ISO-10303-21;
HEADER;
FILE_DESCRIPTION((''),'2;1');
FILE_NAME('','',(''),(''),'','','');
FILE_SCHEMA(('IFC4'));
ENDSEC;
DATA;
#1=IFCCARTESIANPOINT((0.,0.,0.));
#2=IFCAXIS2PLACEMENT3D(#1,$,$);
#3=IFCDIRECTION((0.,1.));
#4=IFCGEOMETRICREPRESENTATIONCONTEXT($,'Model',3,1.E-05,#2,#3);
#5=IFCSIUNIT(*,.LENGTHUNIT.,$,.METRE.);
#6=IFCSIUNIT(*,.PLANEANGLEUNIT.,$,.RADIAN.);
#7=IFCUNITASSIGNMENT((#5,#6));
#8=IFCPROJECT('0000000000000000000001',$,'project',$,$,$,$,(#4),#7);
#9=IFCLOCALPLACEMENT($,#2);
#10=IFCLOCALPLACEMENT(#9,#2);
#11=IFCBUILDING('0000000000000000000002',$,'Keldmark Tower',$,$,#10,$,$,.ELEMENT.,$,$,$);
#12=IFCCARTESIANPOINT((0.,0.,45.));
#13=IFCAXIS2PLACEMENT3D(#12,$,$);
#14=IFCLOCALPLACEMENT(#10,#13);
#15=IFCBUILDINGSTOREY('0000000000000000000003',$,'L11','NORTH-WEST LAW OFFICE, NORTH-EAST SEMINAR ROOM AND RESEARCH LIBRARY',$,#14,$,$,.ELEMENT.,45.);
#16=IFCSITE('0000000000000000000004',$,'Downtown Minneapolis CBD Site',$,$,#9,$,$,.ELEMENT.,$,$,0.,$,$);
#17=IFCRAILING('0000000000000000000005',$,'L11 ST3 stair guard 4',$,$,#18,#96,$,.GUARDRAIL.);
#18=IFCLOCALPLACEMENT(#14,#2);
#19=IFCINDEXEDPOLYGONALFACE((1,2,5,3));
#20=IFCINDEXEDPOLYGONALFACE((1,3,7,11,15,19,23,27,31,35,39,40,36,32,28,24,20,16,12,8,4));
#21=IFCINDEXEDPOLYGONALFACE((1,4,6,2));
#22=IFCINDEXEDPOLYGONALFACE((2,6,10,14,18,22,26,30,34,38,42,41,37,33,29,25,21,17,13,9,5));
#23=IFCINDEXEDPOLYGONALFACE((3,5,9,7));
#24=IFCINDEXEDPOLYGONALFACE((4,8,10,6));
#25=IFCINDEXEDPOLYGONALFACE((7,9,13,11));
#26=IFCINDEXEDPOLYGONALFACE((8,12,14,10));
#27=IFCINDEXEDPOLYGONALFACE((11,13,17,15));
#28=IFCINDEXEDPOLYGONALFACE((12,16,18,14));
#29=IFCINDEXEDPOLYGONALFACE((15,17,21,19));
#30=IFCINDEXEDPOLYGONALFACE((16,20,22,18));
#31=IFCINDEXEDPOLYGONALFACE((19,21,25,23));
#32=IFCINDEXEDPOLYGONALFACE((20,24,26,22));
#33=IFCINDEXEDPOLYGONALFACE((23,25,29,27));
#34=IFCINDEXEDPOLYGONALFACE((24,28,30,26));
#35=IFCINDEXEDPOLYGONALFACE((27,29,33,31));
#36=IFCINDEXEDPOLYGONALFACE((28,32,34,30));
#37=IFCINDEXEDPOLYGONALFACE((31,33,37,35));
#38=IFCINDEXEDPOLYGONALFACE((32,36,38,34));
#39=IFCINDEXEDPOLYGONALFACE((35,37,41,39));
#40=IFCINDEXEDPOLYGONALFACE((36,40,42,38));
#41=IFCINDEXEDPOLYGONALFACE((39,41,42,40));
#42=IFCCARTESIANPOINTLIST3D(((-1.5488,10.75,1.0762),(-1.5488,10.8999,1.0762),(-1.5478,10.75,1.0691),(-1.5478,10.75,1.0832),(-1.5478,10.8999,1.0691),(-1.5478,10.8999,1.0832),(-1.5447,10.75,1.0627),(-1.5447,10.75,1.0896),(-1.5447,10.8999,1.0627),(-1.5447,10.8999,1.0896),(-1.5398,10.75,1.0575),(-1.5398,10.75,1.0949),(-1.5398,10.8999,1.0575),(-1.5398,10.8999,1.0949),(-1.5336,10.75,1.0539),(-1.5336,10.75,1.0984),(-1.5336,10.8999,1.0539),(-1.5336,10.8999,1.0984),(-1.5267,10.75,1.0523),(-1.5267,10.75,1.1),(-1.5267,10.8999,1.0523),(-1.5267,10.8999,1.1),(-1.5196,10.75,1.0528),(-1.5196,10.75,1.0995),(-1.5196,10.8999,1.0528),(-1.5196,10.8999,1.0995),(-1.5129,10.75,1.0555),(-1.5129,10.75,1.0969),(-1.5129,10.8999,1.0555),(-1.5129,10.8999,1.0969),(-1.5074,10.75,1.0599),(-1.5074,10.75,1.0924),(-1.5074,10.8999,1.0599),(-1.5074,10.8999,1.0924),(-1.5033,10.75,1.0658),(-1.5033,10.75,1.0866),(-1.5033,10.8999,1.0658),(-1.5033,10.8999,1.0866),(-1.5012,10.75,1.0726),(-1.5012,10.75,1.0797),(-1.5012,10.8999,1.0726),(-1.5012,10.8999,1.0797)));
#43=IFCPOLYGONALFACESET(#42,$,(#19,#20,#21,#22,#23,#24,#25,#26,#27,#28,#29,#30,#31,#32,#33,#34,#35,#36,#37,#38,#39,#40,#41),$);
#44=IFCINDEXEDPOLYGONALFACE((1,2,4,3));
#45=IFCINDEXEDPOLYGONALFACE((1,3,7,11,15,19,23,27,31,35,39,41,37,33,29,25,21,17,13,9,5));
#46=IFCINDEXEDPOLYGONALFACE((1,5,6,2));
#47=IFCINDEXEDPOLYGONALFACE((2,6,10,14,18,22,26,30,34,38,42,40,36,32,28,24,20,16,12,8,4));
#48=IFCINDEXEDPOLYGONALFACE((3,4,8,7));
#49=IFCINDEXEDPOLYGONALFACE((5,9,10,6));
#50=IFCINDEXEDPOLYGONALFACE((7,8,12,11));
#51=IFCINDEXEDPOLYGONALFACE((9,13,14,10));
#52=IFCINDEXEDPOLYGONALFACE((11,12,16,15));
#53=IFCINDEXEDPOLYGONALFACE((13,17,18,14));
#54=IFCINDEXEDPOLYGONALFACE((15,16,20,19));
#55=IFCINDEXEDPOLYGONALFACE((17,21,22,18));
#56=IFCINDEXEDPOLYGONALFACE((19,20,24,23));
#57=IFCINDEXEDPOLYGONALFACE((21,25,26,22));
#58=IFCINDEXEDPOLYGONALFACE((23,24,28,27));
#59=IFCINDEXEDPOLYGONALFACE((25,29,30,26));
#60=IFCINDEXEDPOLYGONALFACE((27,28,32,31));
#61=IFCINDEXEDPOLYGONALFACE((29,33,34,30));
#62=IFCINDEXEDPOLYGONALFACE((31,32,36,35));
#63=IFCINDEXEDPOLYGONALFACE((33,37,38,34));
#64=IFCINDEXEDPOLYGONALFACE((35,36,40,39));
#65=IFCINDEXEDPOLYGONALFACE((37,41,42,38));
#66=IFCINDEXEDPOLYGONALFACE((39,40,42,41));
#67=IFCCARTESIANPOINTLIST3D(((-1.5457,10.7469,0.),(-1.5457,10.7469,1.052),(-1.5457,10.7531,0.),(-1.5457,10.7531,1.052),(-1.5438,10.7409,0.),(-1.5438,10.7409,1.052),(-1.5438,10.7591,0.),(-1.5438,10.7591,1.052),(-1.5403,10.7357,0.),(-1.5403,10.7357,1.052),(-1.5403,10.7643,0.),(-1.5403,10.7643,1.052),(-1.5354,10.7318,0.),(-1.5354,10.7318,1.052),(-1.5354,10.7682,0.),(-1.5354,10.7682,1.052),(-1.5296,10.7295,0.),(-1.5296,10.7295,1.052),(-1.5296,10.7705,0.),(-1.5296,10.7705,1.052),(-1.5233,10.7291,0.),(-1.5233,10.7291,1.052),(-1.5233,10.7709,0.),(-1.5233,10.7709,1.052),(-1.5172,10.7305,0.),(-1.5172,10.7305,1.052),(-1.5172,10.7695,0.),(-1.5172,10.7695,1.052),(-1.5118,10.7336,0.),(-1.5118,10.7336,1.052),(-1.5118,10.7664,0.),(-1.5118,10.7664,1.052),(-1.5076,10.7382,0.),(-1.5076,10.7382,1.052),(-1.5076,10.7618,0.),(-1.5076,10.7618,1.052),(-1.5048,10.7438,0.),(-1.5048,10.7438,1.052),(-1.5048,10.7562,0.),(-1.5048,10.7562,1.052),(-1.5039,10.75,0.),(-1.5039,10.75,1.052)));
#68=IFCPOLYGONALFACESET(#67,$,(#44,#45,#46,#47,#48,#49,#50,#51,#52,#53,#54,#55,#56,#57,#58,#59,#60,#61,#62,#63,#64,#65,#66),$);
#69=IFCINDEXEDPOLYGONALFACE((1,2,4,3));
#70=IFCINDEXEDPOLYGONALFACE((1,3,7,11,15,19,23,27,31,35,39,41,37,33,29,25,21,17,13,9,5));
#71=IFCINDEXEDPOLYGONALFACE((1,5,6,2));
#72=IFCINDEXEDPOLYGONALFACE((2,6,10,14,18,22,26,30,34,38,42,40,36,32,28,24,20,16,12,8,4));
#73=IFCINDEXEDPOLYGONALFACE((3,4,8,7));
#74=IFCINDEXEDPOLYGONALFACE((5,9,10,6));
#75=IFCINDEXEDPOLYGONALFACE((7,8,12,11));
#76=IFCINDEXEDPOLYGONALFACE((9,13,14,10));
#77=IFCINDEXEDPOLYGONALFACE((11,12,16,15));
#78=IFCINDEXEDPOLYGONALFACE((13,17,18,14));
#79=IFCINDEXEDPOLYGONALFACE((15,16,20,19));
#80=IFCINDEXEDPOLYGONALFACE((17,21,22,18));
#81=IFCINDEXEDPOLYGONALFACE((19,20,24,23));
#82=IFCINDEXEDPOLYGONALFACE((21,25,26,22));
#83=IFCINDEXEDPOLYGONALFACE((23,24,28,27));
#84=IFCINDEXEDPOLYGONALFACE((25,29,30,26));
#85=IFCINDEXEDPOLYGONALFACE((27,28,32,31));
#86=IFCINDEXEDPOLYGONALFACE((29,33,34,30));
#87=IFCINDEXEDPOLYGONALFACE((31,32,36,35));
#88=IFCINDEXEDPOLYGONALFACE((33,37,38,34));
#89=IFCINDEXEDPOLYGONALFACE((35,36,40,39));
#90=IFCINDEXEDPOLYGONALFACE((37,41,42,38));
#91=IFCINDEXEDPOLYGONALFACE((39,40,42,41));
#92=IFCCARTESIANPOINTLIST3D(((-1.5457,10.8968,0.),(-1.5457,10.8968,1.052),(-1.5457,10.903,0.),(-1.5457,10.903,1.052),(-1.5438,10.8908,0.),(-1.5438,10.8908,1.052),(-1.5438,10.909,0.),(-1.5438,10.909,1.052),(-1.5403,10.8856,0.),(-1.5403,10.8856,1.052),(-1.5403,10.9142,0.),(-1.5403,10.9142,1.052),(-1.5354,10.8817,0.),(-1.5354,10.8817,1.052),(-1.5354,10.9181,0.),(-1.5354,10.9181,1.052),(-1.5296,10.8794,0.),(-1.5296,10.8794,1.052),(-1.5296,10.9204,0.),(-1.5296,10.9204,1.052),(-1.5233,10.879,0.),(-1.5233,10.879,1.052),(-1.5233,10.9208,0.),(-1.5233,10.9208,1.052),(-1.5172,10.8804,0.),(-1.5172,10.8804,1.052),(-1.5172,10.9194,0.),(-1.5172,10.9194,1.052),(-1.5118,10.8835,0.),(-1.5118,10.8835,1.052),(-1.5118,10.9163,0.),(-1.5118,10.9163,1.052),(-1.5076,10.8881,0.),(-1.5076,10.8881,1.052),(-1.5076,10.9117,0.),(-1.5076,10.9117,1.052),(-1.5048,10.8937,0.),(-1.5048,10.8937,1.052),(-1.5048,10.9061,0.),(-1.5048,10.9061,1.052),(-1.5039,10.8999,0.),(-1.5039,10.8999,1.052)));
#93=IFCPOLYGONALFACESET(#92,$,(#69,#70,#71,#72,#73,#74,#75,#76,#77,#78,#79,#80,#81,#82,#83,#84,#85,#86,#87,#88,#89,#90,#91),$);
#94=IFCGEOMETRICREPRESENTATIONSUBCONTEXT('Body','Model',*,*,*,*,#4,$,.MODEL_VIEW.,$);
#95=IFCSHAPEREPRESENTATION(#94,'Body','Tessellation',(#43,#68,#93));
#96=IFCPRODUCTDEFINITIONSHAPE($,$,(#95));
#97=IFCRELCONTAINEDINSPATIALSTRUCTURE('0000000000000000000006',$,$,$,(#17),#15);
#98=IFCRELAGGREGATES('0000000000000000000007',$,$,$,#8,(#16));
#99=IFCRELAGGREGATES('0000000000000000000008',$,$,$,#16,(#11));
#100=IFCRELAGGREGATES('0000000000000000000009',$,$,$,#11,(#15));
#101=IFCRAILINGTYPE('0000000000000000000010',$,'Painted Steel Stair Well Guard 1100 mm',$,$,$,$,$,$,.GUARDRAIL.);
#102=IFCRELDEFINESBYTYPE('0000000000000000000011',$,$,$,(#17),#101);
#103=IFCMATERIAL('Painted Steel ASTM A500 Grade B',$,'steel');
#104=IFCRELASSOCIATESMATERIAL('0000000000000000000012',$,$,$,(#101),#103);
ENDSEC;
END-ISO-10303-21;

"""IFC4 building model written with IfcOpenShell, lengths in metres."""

from ifc_helpers import new_model, si_unit, direction, frame, origin, origin_2d, place, context, subcontext, project, spatial, circle, extrude, material, type_object, element, save


model = new_model("IFC4")

# Units and contexts
model_context = context("Model", 3, precision=1e-05, world=origin(), true_north=direction((0.0, 1.0)))
body_context = subcontext(model_context, "Body", "Model", "MODEL_VIEW")
ifc_project = project(units=[si_unit("LENGTHUNIT", "METRE"), si_unit("PLANEANGLEUNIT", "RADIAN")], contexts=[model_context])

# Site, building, storey
site_placement = place(None, origin())
site = spatial("IfcSite", under=ifc_project, at=site_placement, Name="Downtown Minneapolis CBD Site", CompositionType="ELEMENT", RefElevation=0.0)
building_placement = place(site_placement, origin())
building = spatial("IfcBuilding", under=site, at=building_placement, Name="Keldmark Tower", CompositionType="ELEMENT")
storey_placement = place(building_placement, frame((0.0, 0.0, 45.0)))
storey = spatial("IfcBuildingStorey", under=building, at=storey_placement, Name="L11", Description="NORTH-WEST LAW OFFICE, NORTH-EAST SEMINAR ROOM AND RESEARCH LIBRARY", CompositionType="ELEMENT", Elevation=45.0)

# Railing
ifc_material_1 = material(Name="Painted Steel ASTM A500 Grade B", Category="steel")
railing_type_1 = type_object("IfcRailingType", Name="Painted Steel Stair Well Guard 1100 mm", PredefinedType="GUARDRAIL", material=ifc_material_1)
railing_1_placement = place(storey_placement, frame((-1.5249, 10.75, 0.0)))
element("IfcRailing", 1, at=railing_1_placement, inside=storey, type_object=railing_type_1, Name="L11 ST3 stair guard 4", PredefinedType="GUARDRAIL", context=body_context, shape_type="SweptSolid", body=[
    extrude(circle(Radius=0.0239, at=origin_2d()), frame((0.0, 0.0, 1.0762), z_axis=(0.0, 1.0, 0.0), x_axis=(-1.0, 0.0, 0.0)), (0.0, 0.0, 1.0), 0.1499),
    extrude(circle(Radius=0.021, at=origin_2d()), origin(), (0.0, 0.0, 1.0), 1.052),
    extrude(circle(Radius=0.021, at=origin_2d()), frame((0.0, 0.1499, 0.0)), (0.0, 0.0, 1.0), 1.052),
])

save(model, "model.ifc")
